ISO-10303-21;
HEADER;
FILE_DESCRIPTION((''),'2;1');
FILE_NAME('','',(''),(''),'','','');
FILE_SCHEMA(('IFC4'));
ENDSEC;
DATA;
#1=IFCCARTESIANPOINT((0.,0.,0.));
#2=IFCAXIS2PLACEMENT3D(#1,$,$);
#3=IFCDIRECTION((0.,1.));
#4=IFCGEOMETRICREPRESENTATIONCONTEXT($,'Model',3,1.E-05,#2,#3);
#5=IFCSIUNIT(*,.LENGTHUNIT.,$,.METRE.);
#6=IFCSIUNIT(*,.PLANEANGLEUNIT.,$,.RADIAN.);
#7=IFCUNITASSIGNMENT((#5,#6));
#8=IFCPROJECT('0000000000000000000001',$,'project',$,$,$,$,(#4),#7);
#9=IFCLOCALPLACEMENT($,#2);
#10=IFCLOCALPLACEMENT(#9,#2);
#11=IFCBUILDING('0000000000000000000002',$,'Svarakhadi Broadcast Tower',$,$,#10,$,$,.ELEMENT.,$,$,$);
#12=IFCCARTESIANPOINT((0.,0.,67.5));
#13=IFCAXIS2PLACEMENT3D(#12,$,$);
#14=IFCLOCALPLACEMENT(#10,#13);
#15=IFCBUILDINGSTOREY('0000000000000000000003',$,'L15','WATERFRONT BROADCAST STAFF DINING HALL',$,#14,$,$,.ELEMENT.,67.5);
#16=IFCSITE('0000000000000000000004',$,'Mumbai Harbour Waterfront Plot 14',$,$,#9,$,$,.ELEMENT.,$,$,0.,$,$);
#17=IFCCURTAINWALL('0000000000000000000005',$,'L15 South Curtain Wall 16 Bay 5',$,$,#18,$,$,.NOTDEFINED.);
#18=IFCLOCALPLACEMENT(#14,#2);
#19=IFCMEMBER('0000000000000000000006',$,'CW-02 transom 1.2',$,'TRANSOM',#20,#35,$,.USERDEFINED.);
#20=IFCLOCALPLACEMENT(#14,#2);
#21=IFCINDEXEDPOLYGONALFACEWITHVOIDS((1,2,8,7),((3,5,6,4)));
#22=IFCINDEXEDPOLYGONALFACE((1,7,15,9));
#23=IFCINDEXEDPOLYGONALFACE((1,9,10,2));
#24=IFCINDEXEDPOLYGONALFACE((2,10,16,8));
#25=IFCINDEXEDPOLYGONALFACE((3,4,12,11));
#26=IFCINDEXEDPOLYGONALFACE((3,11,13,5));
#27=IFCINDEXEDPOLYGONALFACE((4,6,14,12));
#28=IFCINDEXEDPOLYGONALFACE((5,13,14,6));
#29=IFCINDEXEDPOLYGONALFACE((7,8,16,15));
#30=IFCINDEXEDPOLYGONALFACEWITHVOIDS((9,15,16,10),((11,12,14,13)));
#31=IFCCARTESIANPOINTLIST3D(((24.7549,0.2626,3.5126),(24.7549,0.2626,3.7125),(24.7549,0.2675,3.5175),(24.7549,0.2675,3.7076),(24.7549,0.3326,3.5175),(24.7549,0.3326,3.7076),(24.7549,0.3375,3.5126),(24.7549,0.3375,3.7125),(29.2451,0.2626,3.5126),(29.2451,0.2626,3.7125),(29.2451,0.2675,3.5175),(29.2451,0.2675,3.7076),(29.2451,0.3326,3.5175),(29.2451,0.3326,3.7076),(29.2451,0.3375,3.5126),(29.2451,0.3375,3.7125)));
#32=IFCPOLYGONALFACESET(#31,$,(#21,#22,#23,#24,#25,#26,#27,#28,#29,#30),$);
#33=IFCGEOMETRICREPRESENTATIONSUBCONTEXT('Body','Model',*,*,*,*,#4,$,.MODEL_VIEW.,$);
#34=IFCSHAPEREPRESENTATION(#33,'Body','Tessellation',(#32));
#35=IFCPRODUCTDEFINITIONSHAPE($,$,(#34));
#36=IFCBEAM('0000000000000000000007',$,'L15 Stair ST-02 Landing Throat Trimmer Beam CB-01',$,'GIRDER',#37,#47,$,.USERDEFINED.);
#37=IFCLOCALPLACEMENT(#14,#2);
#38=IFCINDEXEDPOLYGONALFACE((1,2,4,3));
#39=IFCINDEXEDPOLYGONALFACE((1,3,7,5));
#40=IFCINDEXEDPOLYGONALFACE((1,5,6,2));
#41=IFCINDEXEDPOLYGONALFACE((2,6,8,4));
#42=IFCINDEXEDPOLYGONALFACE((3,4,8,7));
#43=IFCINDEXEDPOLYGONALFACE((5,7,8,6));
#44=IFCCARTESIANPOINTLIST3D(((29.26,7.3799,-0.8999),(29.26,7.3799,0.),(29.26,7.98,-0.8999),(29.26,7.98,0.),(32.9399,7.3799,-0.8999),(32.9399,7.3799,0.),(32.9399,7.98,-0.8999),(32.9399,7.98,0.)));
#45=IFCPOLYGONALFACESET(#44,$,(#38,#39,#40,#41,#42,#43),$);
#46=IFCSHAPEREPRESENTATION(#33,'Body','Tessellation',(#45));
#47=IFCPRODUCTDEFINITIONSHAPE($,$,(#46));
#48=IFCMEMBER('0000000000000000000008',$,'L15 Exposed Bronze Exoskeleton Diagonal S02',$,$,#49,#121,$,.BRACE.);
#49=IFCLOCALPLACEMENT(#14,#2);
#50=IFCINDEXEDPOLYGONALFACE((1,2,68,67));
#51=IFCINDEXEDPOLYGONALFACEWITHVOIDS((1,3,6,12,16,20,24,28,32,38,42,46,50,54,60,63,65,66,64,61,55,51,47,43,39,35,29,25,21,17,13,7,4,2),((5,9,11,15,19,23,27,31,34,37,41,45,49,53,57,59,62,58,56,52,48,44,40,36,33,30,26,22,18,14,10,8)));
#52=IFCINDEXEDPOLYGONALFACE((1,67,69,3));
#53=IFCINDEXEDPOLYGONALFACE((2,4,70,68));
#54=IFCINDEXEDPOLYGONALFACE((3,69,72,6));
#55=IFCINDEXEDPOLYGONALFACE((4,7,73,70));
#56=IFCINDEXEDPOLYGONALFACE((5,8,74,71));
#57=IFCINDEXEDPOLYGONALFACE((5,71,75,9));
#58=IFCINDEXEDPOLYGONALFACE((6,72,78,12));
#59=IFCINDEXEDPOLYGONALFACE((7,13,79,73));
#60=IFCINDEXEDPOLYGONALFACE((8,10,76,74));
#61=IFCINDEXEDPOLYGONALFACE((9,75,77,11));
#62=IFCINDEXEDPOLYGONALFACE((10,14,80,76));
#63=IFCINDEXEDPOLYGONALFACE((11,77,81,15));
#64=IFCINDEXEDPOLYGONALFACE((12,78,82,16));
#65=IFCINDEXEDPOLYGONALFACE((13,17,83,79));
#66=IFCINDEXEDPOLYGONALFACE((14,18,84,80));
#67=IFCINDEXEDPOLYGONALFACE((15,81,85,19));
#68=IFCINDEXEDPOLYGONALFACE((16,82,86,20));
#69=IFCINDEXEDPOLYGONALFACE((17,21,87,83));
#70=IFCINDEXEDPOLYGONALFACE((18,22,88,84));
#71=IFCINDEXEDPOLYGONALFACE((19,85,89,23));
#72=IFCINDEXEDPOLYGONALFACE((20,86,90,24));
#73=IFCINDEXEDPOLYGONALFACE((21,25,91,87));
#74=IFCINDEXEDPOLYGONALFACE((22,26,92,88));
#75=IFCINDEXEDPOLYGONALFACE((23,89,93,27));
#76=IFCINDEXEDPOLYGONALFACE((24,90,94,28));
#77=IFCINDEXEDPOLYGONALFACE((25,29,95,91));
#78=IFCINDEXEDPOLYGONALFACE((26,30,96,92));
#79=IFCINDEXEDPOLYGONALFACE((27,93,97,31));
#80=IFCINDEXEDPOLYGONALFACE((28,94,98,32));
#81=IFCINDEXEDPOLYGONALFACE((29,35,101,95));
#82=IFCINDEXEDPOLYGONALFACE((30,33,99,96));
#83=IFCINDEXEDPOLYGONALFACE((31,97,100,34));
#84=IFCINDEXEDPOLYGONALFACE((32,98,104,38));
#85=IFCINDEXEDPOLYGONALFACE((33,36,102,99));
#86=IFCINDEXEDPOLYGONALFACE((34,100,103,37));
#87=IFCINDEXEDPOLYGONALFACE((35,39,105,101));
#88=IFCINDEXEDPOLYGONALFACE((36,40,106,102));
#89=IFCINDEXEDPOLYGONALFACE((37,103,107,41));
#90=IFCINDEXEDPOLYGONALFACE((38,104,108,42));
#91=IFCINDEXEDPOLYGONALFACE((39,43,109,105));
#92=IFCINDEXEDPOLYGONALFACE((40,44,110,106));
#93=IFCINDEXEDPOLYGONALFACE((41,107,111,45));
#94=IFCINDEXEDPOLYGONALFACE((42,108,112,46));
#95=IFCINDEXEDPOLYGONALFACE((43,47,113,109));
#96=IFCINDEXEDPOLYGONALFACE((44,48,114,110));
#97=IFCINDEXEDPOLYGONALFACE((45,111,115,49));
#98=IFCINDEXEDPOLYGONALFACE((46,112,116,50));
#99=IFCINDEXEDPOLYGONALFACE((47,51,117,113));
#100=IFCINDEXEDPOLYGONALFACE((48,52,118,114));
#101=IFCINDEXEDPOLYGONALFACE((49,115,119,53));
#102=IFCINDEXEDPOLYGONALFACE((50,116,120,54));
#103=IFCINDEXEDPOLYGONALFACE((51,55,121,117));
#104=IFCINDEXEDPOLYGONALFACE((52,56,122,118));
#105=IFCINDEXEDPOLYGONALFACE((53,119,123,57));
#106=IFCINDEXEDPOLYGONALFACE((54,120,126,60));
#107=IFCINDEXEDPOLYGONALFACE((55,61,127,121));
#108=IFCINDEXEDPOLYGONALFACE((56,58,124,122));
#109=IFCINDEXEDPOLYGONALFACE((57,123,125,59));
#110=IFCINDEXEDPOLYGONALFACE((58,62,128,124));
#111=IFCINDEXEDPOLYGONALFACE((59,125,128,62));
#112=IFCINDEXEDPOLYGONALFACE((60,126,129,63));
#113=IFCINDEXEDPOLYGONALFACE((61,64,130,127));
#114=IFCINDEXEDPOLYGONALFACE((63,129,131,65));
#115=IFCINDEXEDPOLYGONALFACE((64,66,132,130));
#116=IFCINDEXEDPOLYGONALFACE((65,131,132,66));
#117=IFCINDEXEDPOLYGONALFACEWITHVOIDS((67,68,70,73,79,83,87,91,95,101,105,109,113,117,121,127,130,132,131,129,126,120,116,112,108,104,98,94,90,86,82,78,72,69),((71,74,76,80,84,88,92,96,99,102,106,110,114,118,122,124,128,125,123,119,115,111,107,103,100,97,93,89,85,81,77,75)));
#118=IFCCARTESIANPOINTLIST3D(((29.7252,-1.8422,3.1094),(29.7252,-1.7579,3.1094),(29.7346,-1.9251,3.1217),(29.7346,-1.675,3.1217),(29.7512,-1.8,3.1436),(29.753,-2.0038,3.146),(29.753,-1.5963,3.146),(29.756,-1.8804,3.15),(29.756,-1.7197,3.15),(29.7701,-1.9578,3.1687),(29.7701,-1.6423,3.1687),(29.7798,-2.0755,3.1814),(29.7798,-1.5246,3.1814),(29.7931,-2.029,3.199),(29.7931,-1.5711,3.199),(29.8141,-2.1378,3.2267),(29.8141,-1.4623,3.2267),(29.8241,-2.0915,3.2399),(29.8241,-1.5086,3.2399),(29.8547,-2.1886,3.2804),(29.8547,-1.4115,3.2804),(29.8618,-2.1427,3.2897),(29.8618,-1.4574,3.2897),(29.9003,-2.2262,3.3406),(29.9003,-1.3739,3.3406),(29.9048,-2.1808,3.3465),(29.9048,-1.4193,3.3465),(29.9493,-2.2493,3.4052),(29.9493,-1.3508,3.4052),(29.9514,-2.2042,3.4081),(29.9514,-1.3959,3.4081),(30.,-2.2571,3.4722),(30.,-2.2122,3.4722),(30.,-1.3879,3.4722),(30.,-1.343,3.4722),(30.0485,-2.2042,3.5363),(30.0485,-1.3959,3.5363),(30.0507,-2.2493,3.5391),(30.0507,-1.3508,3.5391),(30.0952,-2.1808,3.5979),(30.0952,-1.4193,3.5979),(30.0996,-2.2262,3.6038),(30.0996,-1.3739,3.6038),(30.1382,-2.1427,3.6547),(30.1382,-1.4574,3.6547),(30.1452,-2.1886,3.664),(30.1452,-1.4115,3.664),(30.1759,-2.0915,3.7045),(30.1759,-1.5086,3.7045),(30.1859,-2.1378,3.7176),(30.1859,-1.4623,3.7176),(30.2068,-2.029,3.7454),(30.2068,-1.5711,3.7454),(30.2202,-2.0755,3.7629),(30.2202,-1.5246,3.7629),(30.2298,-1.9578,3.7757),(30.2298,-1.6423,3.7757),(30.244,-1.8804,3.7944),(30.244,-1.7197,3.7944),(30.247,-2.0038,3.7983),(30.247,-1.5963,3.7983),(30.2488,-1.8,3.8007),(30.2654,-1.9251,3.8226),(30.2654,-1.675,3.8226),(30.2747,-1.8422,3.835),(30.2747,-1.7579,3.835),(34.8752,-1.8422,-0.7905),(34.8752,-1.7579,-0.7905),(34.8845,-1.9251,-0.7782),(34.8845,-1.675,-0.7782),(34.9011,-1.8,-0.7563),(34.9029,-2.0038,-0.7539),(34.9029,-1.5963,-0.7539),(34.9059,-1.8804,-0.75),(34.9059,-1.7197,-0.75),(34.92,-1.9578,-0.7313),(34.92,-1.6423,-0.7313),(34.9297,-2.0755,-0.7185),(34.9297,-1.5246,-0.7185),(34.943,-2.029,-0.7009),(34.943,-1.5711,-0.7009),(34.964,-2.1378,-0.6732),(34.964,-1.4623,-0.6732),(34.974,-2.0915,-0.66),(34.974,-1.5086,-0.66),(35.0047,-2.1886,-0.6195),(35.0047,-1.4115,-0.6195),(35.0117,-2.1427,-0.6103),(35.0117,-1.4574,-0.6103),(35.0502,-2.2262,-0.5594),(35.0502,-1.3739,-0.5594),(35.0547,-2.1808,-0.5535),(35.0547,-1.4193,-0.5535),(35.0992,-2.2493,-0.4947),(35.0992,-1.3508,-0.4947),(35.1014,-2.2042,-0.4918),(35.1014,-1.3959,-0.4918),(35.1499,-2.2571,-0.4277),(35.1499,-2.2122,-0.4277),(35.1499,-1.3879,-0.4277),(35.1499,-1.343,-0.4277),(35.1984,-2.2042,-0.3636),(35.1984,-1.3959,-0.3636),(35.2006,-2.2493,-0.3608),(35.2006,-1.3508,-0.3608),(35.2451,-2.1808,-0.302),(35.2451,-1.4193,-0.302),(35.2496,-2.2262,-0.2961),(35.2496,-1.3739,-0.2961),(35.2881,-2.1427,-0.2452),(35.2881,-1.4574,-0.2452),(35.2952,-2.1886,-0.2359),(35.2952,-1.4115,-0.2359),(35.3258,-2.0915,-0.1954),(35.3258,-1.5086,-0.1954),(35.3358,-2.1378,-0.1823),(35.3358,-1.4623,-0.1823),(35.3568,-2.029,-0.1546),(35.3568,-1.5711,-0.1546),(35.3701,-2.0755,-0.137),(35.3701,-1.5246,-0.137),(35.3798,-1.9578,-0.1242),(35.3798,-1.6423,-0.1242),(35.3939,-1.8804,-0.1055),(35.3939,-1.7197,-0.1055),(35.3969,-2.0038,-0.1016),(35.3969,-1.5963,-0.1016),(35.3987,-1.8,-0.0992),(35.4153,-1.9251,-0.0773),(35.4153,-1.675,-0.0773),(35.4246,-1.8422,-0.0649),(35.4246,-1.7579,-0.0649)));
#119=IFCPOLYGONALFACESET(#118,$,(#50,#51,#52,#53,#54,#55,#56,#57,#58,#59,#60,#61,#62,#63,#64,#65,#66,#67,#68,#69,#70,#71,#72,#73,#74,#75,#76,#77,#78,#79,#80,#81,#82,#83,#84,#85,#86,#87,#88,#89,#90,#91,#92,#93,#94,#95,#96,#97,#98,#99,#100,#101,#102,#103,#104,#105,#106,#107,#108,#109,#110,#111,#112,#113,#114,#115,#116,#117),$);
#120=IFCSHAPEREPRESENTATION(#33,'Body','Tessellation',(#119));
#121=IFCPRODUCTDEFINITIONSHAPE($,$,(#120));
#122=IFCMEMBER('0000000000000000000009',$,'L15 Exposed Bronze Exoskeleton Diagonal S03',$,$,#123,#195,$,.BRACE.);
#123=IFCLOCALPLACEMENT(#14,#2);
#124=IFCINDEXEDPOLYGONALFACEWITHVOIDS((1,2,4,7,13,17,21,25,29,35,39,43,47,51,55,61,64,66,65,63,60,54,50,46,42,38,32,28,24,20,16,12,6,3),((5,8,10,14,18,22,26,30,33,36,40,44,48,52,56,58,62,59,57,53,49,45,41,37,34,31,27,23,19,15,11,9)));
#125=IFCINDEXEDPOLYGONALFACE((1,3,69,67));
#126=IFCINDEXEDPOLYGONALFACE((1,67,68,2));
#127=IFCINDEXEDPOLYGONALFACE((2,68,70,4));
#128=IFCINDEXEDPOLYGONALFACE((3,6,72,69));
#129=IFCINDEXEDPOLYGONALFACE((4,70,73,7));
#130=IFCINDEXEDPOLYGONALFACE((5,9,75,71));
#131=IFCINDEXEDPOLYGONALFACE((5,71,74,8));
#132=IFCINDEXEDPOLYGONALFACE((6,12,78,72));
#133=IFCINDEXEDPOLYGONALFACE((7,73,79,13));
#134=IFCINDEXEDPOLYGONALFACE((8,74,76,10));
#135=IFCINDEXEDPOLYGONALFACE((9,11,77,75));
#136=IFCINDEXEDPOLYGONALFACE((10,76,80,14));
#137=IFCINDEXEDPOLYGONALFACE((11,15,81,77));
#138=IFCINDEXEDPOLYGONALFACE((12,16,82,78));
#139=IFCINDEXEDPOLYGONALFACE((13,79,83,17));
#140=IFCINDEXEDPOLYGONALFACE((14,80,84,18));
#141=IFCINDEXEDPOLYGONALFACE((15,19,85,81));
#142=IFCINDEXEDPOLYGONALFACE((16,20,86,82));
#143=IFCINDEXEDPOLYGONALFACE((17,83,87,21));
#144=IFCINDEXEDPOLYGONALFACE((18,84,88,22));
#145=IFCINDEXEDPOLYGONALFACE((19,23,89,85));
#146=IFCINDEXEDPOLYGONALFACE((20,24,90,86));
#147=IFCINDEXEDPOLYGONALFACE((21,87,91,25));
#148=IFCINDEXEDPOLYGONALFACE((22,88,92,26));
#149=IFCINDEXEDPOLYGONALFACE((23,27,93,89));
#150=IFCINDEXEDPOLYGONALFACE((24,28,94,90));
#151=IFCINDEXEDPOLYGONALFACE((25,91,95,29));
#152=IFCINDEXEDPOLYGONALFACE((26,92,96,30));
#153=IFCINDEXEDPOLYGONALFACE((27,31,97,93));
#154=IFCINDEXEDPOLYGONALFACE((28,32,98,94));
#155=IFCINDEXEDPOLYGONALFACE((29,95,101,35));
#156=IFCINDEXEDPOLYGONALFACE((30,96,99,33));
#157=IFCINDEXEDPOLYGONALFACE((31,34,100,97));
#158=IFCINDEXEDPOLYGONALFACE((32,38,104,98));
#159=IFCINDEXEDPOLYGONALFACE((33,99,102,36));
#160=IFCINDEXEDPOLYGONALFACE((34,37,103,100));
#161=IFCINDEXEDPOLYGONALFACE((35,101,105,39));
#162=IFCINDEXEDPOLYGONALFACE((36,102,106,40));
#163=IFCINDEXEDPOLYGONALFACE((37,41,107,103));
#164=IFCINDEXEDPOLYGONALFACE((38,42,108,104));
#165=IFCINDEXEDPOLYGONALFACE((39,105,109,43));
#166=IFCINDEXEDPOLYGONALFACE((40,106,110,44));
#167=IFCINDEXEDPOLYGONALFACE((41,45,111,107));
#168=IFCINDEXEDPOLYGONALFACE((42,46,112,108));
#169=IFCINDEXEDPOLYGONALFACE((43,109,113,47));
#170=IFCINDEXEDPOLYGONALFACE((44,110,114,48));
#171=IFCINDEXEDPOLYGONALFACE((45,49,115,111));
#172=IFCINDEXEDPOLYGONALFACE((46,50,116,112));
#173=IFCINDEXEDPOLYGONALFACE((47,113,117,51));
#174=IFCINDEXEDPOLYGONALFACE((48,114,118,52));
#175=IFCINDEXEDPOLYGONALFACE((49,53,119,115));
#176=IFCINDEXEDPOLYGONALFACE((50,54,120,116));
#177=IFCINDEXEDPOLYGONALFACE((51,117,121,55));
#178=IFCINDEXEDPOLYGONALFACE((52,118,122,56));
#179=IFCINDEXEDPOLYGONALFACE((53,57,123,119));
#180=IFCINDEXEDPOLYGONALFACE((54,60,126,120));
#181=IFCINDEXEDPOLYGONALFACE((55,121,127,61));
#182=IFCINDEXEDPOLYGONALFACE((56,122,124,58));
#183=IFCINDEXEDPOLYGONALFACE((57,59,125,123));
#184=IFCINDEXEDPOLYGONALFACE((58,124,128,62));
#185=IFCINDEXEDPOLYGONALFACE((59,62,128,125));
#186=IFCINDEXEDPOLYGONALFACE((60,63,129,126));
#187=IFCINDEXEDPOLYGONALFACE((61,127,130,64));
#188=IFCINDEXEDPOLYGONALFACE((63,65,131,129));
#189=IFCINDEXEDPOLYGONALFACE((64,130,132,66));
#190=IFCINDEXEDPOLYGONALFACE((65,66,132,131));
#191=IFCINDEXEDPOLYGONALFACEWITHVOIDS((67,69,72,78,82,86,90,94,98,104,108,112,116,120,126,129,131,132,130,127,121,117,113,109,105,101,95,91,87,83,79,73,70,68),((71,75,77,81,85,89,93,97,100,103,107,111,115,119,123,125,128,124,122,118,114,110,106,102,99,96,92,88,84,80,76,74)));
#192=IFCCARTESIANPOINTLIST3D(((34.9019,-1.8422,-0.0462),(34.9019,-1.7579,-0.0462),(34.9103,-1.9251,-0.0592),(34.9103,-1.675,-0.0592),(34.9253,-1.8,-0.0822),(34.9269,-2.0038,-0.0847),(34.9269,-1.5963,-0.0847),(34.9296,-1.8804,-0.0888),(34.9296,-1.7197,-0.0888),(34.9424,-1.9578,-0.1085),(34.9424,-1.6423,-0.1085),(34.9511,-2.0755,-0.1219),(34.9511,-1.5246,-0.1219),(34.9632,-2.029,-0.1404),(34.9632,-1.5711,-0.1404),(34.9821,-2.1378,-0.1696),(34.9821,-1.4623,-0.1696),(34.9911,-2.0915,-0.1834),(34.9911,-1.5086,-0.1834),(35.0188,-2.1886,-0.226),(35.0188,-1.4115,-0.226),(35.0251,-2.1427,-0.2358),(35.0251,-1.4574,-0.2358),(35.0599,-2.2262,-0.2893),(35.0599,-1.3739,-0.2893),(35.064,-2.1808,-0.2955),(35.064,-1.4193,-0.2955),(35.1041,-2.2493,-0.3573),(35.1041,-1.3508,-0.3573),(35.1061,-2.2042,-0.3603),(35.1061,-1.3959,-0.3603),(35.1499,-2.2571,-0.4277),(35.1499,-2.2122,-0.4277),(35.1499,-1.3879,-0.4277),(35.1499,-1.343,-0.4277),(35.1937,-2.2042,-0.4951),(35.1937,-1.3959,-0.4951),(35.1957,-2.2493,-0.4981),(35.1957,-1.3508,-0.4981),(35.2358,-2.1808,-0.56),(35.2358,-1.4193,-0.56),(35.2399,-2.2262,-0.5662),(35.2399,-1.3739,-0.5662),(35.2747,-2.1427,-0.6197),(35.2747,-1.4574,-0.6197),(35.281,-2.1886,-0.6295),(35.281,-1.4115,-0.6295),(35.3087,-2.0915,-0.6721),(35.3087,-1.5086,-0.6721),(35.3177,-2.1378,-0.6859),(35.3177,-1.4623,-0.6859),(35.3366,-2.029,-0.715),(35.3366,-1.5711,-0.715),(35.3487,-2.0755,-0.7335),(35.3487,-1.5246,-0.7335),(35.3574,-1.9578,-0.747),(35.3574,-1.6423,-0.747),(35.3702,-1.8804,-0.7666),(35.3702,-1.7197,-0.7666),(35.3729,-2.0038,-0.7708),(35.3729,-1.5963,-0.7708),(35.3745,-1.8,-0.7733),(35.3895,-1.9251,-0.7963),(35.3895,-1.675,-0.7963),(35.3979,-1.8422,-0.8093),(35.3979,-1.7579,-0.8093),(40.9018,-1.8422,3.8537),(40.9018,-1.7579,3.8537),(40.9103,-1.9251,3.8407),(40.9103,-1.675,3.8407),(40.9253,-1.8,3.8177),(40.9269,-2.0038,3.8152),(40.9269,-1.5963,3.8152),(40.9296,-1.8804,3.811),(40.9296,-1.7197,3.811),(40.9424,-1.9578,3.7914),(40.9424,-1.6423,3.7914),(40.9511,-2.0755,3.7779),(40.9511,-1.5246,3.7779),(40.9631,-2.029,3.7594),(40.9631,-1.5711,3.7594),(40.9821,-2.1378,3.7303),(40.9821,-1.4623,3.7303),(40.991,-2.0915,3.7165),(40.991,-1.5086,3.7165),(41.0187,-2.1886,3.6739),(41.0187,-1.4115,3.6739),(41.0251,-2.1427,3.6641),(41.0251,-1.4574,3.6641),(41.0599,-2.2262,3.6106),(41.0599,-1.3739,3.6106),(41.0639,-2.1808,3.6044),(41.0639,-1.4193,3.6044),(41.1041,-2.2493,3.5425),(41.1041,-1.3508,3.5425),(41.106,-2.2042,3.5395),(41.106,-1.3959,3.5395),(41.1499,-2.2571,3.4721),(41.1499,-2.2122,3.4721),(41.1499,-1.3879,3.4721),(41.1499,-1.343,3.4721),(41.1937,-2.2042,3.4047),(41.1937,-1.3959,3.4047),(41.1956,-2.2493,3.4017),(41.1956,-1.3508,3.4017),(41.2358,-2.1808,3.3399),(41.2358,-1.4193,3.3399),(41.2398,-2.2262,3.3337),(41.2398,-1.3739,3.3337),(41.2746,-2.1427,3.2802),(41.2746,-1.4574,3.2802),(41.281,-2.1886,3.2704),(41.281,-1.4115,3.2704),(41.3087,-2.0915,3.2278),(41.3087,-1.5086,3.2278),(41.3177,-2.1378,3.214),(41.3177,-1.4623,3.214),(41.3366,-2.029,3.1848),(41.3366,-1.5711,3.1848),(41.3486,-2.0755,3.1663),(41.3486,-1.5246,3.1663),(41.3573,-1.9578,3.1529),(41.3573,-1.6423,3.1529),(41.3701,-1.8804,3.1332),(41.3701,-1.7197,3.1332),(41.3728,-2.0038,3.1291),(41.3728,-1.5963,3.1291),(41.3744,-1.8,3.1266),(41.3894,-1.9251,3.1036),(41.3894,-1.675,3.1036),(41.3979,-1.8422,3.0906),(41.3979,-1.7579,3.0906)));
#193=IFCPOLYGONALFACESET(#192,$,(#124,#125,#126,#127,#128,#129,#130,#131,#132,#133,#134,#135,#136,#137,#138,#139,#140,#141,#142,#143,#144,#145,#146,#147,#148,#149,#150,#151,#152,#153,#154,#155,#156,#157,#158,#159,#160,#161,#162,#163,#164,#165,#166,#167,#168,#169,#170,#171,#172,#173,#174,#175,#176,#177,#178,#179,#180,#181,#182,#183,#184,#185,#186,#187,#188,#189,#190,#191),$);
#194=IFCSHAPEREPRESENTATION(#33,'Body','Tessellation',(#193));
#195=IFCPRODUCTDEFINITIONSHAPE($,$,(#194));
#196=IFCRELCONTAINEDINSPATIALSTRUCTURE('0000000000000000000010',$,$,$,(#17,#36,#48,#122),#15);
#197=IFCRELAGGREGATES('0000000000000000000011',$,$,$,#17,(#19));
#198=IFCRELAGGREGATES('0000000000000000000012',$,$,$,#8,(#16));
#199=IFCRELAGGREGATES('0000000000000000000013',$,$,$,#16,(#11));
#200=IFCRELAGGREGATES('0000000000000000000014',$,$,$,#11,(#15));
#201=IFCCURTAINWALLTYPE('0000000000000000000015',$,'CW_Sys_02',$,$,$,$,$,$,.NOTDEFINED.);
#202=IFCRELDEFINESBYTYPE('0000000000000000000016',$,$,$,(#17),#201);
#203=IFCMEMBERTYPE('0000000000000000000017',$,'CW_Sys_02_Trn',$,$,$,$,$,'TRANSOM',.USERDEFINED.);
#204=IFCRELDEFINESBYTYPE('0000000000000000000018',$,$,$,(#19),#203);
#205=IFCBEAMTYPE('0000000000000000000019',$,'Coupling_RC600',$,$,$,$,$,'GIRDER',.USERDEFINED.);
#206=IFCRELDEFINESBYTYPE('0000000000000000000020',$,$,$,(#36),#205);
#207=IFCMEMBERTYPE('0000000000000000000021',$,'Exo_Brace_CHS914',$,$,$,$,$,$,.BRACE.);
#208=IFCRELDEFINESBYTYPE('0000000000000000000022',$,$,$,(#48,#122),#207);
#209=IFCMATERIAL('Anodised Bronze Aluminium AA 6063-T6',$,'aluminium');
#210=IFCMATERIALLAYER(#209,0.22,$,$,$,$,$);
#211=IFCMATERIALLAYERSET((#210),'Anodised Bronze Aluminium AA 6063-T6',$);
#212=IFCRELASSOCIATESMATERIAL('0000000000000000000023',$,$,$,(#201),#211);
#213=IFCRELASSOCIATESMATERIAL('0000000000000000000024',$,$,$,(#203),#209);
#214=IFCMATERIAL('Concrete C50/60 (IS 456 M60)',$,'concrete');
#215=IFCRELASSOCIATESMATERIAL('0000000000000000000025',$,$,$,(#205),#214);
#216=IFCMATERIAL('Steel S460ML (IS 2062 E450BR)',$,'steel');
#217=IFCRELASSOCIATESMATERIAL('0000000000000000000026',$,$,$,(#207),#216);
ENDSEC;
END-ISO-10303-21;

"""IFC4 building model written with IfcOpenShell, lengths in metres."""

from ifc_helpers import new_model, si_unit, direction, frame, origin, origin_2d, place, context, subcontext, project, spatial, rectangle, hollow_rectangle, hollow_circle, extrude, material, layer, layer_set, material_profile, profile_set, type_object, element, aggregate, save


model = new_model("IFC4")

# Units and contexts
model_context = context("Model", 3, precision=1e-05, world=origin(), true_north=direction((0.0, 1.0)))
body_context = subcontext(model_context, "Body", "Model", "MODEL_VIEW")
ifc_project = project(units=[si_unit("LENGTHUNIT", "METRE"), si_unit("PLANEANGLEUNIT", "RADIAN")], contexts=[model_context])

# Site, building, storey
site_placement = place(None, origin())
site = spatial("IfcSite", under=ifc_project, at=site_placement, Name="Mumbai Harbour Waterfront Plot 14", CompositionType="ELEMENT", RefElevation=0.0)
building_placement = place(site_placement, origin())
building = spatial("IfcBuilding", under=site, at=building_placement, Name="Svarakhadi Broadcast Tower", CompositionType="ELEMENT")
storey_placement = place(building_placement, frame((0.0, 0.0, 67.5)))
storey = spatial("IfcBuildingStorey", under=building, at=storey_placement, Name="L15", Description="WATERFRONT BROADCAST STAFF DINING HALL", CompositionType="ELEMENT", Elevation=67.5)

# Shared definitions
ifc_material_1 = material(Name="Steel S460ML (IS 2062 E450BR)", Category="steel")

# Shared definitions
ifc_material_2 = material(Name="Anodised Bronze Aluminium AA 6063-T6", Category="aluminium")
ifc_layer_1 = layer(ifc_material_2, 0.22)
ifc_layer_set_1 = layer_set([ifc_layer_1], Name="Anodised Bronze Aluminium AA 6063-T6")
curtain_wall_type = type_object("IfcCurtainWallType", Name="CW_Sys_02", PredefinedType="NOTDEFINED", material=ifc_layer_set_1)

# Curtain wall
curtain_wall_1_placement = place(storey_placement, origin())
curtain_wall_1 = element("IfcCurtainWall", 1, at=curtain_wall_1_placement, inside=storey, type_object=curtain_wall_type, Name="L15 South Curtain Wall 16 Bay 5", PredefinedType="NOTDEFINED")

# Member
ifc_material_profile_1 = material_profile(ifc_material_2, hollow_rectangle(XDim=0.075, YDim=0.2, WallThickness=0.0049, at=origin_2d()), Name="ALU TRANSOM 200x75x5")
ifc_profile_set_1 = profile_set([ifc_material_profile_1], Name="Anodised Bronze Aluminium AA 6063-T6")
member_type_1 = type_object("IfcMemberType", Name="CW_Sys_02_Trn", ElementType="TRANSOM", PredefinedType="USERDEFINED", material=ifc_profile_set_1)
member_1_placement = place(storey_placement, frame((29.2451, 0.3, 3.6125), z_axis=(-1.0, 0.0, 0.0), x_axis=(0.0, -1.0, 0.0)))
member_1 = element("IfcMember", 2, at=member_1_placement, type_object=member_type_1, Name="CW-02 transom 1.2", ObjectType="TRANSOM", PredefinedType="USERDEFINED", context=body_context, shape_type="SweptSolid", body=[
    extrude(hollow_rectangle(XDim=0.075, YDim=0.2, WallThickness=0.0049, at=origin_2d()), origin(), (0.0, 0.0, 1.0), 4.4902),
])
aggregate(curtain_wall_1, [member_1])

# Beam
ifc_material_3 = material(Name="Concrete C50/60 (IS 456 M60)", Category="concrete")
ifc_material_profile_2 = material_profile(ifc_material_3, rectangle(XDim=0.6001, YDim=0.8999, at=origin_2d()), Name="RC 600x900")
ifc_profile_set_2 = profile_set([ifc_material_profile_2], Name="Concrete C50/60 (IS 456 M60)")
beam_type_1 = type_object("IfcBeamType", Name="Coupling_RC600", ElementType="GIRDER", PredefinedType="USERDEFINED", material=ifc_profile_set_2)
beam_1_placement = place(storey_placement, frame((29.26, 7.6799, -0.45), z_axis=(1.0, 0.0, 0.0), x_axis=(0.0, 1.0, 0.0)))
element("IfcBeam", 3, at=beam_1_placement, inside=storey, type_object=beam_type_1, Name="L15 Stair ST-02 Landing Throat Trimmer Beam CB-01", ObjectType="GIRDER", PredefinedType="USERDEFINED", context=body_context, shape_type="SweptSolid", body=[
    extrude(rectangle(XDim=0.6001, YDim=0.8999, at=origin_2d()), origin(), (0.0, 0.0, 1.0), 3.6799),
])

# Members
ifc_material_profile_3 = material_profile(ifc_material_1, hollow_circle(Radius=0.457, WallThickness=0.0449, at=origin_2d()), Name="CHS 914x45")
ifc_profile_set_3 = profile_set([ifc_material_profile_3], Name="Steel S460ML (IS 2062 E450BR)")
member_type_2 = type_object("IfcMemberType", Name="Exo_Brace_CHS914", PredefinedType="BRACE", material=ifc_profile_set_3)
member_2_placement = place(storey_placement, frame((35.1499, -1.8, -0.4277), z_axis=(-0.797207, 0.0, 0.603706), x_axis=(0.0, -1.0, 0.0)))
element("IfcMember", 4, at=member_2_placement, inside=storey, type_object=member_type_2, Name="L15 Exposed Bronze Exoskeleton Diagonal S02", PredefinedType="BRACE", context=body_context, shape_type="SweptSolid", body=[
    extrude(hollow_circle(Radius=0.457, WallThickness=0.0449, at=origin_2d()), origin(), (0.0, 0.0, 1.0), 6.46),
])
member_3_placement = place(storey_placement, frame((35.1499, -1.8, -0.4277), z_axis=(0.83845, 0.0, 0.544979), x_axis=(0.0, 1.0, 0.0)))
element("IfcMember", 5, at=member_3_placement, inside=storey, type_object=member_type_2, Name="L15 Exposed Bronze Exoskeleton Diagonal S03", PredefinedType="BRACE", context=body_context, shape_type="SweptSolid", body=[
    extrude(hollow_circle(Radius=0.457, WallThickness=0.0449, at=origin_2d()), origin(), (0.0, 0.0, 1.0), 7.156),
])

save(model, "model.ifc")
